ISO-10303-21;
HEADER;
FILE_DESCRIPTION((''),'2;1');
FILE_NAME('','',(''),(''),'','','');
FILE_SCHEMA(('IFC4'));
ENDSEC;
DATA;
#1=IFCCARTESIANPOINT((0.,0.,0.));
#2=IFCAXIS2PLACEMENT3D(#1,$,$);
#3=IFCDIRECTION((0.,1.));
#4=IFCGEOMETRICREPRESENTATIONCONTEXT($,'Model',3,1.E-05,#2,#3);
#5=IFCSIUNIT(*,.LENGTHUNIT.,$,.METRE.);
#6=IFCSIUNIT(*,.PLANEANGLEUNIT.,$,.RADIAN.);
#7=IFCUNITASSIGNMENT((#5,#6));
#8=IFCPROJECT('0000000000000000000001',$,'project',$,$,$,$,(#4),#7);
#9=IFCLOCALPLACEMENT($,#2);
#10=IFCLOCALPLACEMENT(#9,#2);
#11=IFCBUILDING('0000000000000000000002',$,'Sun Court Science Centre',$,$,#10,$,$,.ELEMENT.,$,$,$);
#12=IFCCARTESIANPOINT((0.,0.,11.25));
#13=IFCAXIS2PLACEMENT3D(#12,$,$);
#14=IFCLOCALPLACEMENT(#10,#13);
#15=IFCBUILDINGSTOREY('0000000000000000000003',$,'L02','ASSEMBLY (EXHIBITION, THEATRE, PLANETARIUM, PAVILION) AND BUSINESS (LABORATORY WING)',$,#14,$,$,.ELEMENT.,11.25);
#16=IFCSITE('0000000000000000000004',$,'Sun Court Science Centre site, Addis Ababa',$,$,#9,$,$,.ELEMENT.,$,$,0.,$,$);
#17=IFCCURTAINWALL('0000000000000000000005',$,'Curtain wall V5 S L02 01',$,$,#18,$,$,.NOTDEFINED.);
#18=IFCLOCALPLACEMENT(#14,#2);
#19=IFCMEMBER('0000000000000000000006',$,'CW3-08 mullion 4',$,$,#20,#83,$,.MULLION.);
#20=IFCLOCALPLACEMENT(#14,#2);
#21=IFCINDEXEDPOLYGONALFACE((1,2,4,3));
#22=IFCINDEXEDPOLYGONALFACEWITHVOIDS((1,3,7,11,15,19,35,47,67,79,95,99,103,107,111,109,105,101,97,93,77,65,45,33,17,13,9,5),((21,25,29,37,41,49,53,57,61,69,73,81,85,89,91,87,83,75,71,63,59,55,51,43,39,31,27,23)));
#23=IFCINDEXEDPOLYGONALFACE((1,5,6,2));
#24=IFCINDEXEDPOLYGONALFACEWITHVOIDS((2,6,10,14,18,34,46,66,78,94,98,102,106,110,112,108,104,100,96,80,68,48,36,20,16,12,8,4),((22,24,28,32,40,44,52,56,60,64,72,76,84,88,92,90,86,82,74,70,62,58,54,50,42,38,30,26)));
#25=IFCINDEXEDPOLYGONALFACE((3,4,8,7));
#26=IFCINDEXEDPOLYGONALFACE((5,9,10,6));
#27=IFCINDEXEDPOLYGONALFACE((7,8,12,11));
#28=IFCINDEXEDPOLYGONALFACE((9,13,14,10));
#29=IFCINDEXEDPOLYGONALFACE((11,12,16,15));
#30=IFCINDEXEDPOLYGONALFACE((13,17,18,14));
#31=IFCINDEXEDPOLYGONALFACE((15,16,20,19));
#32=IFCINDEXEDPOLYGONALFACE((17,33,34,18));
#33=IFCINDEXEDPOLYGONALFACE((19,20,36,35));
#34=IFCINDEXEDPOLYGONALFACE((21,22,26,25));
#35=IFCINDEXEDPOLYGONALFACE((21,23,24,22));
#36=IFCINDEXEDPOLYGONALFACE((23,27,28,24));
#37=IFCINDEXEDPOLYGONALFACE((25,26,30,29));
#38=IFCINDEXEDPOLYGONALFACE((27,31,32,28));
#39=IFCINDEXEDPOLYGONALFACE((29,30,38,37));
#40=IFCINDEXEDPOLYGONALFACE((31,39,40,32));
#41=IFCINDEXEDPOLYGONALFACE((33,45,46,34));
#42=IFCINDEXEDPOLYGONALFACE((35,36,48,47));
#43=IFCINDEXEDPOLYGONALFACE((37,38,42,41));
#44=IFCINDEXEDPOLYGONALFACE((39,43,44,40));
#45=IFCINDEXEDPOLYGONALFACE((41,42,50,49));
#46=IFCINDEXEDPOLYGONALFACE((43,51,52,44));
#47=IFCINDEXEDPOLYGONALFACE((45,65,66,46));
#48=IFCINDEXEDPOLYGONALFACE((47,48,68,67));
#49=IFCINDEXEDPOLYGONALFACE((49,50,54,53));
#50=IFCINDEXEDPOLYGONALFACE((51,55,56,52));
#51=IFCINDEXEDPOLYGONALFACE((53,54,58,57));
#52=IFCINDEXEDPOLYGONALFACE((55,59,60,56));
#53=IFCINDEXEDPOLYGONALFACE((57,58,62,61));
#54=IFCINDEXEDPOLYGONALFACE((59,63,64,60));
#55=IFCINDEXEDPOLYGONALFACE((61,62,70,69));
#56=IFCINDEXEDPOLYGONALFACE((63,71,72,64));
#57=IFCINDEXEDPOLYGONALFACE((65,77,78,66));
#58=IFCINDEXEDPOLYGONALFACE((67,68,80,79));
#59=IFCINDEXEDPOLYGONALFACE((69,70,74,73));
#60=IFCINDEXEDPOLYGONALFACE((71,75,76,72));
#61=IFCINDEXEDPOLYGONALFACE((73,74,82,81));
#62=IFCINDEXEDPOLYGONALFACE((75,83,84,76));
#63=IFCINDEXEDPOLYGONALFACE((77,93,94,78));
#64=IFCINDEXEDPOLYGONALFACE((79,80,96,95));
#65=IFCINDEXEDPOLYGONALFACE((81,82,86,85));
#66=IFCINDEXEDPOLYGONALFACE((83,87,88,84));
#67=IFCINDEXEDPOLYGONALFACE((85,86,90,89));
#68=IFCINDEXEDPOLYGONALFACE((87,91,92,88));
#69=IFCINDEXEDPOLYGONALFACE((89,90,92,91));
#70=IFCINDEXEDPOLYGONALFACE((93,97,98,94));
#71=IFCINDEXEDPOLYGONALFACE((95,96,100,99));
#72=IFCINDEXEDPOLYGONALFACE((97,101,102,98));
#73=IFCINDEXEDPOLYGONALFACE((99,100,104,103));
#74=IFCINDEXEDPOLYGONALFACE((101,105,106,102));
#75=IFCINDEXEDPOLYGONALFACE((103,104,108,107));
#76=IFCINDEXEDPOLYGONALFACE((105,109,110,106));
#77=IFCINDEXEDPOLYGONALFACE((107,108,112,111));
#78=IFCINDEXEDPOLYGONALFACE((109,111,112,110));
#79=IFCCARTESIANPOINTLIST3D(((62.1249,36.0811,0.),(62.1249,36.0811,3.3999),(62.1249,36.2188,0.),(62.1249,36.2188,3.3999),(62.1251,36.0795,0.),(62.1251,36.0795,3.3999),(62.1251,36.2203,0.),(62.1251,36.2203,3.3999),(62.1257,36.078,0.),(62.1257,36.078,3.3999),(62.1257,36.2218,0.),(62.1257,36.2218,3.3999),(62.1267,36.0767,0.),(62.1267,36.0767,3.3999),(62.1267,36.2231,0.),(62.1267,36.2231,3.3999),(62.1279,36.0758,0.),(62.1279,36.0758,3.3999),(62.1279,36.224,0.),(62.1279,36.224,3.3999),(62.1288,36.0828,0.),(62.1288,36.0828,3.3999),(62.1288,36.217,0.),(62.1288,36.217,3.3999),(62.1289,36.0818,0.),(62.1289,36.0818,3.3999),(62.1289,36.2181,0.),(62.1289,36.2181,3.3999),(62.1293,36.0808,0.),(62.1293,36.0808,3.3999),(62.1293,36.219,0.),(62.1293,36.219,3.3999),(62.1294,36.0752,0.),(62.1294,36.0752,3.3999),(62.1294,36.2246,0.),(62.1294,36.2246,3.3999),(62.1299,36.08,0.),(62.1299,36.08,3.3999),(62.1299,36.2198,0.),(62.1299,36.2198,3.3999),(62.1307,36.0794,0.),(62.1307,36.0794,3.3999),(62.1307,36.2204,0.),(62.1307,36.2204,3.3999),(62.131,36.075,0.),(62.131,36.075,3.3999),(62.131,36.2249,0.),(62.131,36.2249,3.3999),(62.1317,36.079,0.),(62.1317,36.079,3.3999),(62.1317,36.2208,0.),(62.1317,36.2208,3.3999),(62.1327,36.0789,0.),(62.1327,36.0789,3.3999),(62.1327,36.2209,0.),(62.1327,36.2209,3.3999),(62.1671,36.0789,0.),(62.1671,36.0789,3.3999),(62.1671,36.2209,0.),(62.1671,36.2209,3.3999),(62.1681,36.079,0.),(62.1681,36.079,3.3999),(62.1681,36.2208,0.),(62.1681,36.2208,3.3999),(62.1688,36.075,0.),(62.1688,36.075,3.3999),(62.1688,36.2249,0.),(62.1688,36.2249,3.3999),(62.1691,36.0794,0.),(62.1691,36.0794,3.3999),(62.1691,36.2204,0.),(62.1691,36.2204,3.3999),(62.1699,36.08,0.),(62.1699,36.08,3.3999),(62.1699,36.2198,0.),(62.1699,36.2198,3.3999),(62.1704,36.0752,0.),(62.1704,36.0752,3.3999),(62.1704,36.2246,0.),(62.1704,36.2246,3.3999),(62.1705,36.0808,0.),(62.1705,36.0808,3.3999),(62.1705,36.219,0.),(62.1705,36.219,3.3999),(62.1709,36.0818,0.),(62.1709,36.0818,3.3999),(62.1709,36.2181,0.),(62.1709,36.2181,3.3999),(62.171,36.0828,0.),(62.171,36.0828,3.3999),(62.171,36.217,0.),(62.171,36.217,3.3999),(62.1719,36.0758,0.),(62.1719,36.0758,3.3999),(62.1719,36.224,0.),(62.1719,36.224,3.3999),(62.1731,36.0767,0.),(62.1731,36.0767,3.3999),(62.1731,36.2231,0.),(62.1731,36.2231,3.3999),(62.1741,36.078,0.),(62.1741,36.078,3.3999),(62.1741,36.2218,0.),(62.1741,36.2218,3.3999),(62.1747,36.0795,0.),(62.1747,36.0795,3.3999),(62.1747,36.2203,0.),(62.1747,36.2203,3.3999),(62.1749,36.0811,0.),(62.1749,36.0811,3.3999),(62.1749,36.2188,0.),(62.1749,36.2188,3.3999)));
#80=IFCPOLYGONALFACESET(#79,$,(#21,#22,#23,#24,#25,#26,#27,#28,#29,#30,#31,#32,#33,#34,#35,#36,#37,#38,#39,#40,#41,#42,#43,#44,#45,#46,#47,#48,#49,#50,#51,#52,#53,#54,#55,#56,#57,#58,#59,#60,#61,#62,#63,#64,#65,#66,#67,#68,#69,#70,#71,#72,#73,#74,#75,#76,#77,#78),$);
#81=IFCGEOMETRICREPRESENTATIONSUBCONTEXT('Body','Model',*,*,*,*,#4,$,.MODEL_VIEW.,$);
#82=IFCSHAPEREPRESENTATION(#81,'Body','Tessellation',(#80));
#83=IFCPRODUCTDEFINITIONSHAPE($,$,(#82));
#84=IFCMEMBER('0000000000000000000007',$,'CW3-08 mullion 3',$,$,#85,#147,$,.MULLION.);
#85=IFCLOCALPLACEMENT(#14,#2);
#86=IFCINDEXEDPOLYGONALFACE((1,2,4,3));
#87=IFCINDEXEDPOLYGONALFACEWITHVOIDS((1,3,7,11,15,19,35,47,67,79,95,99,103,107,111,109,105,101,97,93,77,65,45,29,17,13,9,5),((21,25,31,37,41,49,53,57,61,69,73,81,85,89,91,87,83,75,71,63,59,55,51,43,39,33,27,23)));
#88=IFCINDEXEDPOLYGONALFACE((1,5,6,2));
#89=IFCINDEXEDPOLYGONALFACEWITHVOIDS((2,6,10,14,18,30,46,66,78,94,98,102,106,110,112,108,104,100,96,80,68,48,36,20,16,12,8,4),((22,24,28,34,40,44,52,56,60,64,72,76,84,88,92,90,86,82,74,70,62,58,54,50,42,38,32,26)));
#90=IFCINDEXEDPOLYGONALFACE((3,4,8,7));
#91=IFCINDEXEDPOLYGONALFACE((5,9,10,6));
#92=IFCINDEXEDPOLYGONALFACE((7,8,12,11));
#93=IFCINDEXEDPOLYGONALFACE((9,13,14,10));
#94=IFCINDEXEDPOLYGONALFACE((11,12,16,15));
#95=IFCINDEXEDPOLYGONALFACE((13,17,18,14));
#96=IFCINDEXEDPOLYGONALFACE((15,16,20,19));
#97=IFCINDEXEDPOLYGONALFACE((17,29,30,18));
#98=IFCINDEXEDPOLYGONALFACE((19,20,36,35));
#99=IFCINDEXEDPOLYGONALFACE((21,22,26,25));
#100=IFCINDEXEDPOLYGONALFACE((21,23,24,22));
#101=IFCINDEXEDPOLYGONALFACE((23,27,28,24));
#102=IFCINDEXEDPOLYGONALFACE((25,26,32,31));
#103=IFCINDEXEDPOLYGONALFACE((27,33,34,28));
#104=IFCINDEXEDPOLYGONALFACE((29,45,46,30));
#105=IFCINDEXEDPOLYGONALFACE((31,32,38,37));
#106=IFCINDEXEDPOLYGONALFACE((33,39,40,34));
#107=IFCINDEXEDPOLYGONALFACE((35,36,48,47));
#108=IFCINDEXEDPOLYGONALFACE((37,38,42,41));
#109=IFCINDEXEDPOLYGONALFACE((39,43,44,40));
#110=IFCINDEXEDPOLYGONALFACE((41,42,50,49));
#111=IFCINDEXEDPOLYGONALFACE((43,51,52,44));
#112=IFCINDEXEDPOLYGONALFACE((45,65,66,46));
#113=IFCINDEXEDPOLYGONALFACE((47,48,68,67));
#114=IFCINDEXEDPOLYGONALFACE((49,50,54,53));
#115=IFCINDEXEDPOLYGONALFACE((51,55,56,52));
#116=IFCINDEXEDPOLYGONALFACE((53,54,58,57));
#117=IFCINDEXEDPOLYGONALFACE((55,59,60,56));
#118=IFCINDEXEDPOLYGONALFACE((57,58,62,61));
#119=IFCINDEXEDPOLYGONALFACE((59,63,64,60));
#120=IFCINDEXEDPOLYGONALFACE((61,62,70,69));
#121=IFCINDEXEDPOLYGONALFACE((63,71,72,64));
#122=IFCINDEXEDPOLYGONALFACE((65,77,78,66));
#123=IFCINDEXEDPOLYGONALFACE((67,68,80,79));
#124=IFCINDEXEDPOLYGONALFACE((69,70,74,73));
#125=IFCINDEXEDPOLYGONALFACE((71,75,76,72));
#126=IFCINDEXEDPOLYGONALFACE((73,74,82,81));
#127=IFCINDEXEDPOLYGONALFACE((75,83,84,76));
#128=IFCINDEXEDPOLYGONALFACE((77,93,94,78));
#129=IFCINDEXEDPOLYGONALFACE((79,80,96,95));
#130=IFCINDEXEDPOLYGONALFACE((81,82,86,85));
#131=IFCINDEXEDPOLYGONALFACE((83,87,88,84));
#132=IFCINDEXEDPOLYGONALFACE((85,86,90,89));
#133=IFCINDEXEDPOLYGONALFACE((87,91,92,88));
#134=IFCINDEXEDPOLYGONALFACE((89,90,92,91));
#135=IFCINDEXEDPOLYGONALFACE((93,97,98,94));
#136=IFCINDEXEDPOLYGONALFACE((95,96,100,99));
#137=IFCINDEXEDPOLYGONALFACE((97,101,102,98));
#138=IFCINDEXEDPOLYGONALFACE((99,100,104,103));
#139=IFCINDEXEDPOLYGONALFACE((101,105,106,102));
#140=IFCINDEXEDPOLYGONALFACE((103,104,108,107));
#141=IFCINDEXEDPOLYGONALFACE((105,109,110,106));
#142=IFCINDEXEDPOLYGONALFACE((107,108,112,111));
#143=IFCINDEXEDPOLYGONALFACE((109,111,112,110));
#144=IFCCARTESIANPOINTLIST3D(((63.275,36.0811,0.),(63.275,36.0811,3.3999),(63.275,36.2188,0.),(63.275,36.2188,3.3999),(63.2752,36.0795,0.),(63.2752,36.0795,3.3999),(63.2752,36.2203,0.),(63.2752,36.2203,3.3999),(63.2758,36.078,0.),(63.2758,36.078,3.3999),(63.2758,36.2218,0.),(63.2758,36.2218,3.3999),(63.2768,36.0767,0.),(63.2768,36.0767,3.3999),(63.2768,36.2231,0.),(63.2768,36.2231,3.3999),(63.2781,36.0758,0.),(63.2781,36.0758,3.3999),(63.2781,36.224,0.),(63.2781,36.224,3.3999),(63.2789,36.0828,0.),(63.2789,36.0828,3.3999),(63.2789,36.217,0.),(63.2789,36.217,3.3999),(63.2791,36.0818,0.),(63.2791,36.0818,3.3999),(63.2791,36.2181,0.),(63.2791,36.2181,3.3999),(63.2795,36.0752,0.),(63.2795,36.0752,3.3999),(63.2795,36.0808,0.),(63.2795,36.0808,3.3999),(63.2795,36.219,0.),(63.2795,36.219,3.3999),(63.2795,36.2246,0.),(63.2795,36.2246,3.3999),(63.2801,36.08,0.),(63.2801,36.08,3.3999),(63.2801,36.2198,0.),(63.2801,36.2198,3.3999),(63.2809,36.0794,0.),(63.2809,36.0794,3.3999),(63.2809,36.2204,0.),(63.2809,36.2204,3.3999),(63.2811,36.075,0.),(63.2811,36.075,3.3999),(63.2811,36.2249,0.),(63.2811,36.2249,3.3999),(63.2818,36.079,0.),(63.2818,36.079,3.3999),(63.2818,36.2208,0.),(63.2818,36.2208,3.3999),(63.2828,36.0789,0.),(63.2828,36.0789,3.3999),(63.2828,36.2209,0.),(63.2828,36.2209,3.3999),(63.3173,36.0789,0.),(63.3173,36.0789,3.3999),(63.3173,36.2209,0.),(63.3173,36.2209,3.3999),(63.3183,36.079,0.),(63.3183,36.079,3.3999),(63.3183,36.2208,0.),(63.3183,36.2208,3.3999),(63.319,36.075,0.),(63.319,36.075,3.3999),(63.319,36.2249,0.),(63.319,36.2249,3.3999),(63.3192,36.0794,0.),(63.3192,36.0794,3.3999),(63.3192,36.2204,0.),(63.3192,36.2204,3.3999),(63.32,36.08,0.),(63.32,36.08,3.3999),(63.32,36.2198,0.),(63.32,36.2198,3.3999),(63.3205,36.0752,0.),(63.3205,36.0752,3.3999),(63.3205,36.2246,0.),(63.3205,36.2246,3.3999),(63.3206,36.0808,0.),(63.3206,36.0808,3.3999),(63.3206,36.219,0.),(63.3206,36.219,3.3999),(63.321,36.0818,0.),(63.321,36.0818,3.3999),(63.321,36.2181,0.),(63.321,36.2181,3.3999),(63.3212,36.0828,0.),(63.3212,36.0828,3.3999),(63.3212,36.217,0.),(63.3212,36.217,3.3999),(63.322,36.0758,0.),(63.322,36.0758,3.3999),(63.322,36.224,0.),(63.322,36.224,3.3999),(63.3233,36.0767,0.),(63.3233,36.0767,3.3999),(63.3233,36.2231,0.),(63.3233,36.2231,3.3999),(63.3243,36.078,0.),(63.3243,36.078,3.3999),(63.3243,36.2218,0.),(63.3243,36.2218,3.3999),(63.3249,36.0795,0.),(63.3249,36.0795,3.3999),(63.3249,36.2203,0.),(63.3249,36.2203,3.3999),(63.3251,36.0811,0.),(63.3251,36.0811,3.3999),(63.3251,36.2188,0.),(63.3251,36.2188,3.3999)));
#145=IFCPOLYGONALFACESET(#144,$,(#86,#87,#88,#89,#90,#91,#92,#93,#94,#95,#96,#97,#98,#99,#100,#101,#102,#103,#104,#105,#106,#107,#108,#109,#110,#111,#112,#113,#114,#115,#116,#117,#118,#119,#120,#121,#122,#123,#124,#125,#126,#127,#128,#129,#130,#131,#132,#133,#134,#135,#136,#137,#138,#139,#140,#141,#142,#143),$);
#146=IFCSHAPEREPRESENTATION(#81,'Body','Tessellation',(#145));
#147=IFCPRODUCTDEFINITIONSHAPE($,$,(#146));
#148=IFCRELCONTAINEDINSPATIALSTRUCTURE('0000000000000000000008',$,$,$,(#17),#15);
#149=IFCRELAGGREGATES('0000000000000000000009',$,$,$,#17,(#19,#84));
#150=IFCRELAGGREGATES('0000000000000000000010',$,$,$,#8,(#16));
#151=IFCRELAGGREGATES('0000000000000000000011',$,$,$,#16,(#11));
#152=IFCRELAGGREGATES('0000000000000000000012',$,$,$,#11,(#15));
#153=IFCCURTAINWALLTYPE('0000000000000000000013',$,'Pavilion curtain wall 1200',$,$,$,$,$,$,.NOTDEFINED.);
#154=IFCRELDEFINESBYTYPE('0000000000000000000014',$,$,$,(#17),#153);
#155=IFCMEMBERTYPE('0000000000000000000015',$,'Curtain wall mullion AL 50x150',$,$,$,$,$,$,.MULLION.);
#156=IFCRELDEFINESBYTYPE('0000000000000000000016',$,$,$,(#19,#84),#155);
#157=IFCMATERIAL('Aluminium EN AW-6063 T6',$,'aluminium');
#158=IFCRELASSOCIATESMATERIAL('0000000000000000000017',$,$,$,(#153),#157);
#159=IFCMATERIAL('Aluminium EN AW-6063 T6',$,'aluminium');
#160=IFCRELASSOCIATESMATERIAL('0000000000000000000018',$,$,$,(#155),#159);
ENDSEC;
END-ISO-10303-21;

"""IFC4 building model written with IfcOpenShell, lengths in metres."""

from ifc_helpers import new_model, si_unit, direction, frame, origin, origin_2d, place, context, subcontext, project, spatial, hollow_rectangle, extrude, material, material_profile, profile_set, type_object, element, aggregate, save


model = new_model("IFC4")

# Units and contexts
model_context = context("Model", 3, precision=1e-05, world=origin(), true_north=direction((0.0, 1.0)))
body_context = subcontext(model_context, "Body", "Model", "MODEL_VIEW")
ifc_project = project(units=[si_unit("LENGTHUNIT", "METRE"), si_unit("PLANEANGLEUNIT", "RADIAN")], contexts=[model_context])

# Site, building, storey
site_placement = place(None, origin())
site = spatial("IfcSite", under=ifc_project, at=site_placement, Name="Sun Court Science Centre site, Addis Ababa", CompositionType="ELEMENT", RefElevation=0.0)
building_placement = place(site_placement, origin())
building = spatial("IfcBuilding", under=site, at=building_placement, Name="Sun Court Science Centre", CompositionType="ELEMENT")
storey_placement = place(building_placement, frame((0.0, 0.0, 11.25)))
storey = spatial("IfcBuildingStorey", under=building, at=storey_placement, Name="L02", Description="ASSEMBLY (EXHIBITION, THEATRE, PLANETARIUM, PAVILION) AND BUSINESS (LABORATORY WING)", CompositionType="ELEMENT", Elevation=11.25)

# Curtain wall, members
ifc_material_1 = material(Name="Aluminium EN AW-6063 T6", Category="aluminium")
curtain_wall_type = type_object("IfcCurtainWallType", Name="Pavilion curtain wall 1200", PredefinedType="NOTDEFINED", material=ifc_material_1)
curtain_wall_placement = place(storey_placement, origin())
curtain_wall = element("IfcCurtainWall", 1, at=curtain_wall_placement, inside=storey, type_object=curtain_wall_type, Name="Curtain wall V5 S L02 01", PredefinedType="NOTDEFINED")
ifc_material_2 = material(Name="Aluminium EN AW-6063 T6", Category="aluminium")
ifc_material_profile_1 = material_profile(ifc_material_2, hollow_rectangle(XDim=0.05, YDim=0.1499, WallThickness=0.0039, InnerFilletRadius=0.0039, OuterFilletRadius=0.0061, at=origin_2d()), Name="AL 50x150x4")
ifc_profile_set_1 = profile_set([ifc_material_profile_1], Name="Aluminium EN AW-6063 T6")
member_type_1 = type_object("IfcMemberType", Name="Curtain wall mullion AL 50x150", PredefinedType="MULLION", material=ifc_profile_set_1)
member_1_placement = place(storey_placement, frame((62.1499, 36.1499, 0.0), z_axis=(0.0, 0.0, 1.0), x_axis=(-1.0, 0.0, 0.0)))
member_1 = element("IfcMember", 2, at=member_1_placement, type_object=member_type_1, Name="CW3-08 mullion 4", PredefinedType="MULLION", context=body_context, shape_type="SweptSolid", body=[
    extrude(hollow_rectangle(XDim=0.05, YDim=0.1499, WallThickness=0.0039, InnerFilletRadius=0.0039, OuterFilletRadius=0.0061, at=origin_2d()), origin(), (0.0, 0.0, 1.0), 3.3999),
])
member_2_placement = place(storey_placement, frame((63.3, 36.1499, 0.0), z_axis=(0.0, 0.0, 1.0), x_axis=(-1.0, 0.0, 0.0)))
member_2 = element("IfcMember", 3, at=member_2_placement, type_object=member_type_1, Name="CW3-08 mullion 3", PredefinedType="MULLION", context=body_context, shape_type="SweptSolid", body=[
    extrude(hollow_rectangle(XDim=0.05, YDim=0.1499, WallThickness=0.0039, InnerFilletRadius=0.0039, OuterFilletRadius=0.0061, at=origin_2d()), origin(), (0.0, 0.0, 1.0), 3.3999),
])
aggregate(curtain_wall, [member_1, member_2])

save(model, "model.ifc")
